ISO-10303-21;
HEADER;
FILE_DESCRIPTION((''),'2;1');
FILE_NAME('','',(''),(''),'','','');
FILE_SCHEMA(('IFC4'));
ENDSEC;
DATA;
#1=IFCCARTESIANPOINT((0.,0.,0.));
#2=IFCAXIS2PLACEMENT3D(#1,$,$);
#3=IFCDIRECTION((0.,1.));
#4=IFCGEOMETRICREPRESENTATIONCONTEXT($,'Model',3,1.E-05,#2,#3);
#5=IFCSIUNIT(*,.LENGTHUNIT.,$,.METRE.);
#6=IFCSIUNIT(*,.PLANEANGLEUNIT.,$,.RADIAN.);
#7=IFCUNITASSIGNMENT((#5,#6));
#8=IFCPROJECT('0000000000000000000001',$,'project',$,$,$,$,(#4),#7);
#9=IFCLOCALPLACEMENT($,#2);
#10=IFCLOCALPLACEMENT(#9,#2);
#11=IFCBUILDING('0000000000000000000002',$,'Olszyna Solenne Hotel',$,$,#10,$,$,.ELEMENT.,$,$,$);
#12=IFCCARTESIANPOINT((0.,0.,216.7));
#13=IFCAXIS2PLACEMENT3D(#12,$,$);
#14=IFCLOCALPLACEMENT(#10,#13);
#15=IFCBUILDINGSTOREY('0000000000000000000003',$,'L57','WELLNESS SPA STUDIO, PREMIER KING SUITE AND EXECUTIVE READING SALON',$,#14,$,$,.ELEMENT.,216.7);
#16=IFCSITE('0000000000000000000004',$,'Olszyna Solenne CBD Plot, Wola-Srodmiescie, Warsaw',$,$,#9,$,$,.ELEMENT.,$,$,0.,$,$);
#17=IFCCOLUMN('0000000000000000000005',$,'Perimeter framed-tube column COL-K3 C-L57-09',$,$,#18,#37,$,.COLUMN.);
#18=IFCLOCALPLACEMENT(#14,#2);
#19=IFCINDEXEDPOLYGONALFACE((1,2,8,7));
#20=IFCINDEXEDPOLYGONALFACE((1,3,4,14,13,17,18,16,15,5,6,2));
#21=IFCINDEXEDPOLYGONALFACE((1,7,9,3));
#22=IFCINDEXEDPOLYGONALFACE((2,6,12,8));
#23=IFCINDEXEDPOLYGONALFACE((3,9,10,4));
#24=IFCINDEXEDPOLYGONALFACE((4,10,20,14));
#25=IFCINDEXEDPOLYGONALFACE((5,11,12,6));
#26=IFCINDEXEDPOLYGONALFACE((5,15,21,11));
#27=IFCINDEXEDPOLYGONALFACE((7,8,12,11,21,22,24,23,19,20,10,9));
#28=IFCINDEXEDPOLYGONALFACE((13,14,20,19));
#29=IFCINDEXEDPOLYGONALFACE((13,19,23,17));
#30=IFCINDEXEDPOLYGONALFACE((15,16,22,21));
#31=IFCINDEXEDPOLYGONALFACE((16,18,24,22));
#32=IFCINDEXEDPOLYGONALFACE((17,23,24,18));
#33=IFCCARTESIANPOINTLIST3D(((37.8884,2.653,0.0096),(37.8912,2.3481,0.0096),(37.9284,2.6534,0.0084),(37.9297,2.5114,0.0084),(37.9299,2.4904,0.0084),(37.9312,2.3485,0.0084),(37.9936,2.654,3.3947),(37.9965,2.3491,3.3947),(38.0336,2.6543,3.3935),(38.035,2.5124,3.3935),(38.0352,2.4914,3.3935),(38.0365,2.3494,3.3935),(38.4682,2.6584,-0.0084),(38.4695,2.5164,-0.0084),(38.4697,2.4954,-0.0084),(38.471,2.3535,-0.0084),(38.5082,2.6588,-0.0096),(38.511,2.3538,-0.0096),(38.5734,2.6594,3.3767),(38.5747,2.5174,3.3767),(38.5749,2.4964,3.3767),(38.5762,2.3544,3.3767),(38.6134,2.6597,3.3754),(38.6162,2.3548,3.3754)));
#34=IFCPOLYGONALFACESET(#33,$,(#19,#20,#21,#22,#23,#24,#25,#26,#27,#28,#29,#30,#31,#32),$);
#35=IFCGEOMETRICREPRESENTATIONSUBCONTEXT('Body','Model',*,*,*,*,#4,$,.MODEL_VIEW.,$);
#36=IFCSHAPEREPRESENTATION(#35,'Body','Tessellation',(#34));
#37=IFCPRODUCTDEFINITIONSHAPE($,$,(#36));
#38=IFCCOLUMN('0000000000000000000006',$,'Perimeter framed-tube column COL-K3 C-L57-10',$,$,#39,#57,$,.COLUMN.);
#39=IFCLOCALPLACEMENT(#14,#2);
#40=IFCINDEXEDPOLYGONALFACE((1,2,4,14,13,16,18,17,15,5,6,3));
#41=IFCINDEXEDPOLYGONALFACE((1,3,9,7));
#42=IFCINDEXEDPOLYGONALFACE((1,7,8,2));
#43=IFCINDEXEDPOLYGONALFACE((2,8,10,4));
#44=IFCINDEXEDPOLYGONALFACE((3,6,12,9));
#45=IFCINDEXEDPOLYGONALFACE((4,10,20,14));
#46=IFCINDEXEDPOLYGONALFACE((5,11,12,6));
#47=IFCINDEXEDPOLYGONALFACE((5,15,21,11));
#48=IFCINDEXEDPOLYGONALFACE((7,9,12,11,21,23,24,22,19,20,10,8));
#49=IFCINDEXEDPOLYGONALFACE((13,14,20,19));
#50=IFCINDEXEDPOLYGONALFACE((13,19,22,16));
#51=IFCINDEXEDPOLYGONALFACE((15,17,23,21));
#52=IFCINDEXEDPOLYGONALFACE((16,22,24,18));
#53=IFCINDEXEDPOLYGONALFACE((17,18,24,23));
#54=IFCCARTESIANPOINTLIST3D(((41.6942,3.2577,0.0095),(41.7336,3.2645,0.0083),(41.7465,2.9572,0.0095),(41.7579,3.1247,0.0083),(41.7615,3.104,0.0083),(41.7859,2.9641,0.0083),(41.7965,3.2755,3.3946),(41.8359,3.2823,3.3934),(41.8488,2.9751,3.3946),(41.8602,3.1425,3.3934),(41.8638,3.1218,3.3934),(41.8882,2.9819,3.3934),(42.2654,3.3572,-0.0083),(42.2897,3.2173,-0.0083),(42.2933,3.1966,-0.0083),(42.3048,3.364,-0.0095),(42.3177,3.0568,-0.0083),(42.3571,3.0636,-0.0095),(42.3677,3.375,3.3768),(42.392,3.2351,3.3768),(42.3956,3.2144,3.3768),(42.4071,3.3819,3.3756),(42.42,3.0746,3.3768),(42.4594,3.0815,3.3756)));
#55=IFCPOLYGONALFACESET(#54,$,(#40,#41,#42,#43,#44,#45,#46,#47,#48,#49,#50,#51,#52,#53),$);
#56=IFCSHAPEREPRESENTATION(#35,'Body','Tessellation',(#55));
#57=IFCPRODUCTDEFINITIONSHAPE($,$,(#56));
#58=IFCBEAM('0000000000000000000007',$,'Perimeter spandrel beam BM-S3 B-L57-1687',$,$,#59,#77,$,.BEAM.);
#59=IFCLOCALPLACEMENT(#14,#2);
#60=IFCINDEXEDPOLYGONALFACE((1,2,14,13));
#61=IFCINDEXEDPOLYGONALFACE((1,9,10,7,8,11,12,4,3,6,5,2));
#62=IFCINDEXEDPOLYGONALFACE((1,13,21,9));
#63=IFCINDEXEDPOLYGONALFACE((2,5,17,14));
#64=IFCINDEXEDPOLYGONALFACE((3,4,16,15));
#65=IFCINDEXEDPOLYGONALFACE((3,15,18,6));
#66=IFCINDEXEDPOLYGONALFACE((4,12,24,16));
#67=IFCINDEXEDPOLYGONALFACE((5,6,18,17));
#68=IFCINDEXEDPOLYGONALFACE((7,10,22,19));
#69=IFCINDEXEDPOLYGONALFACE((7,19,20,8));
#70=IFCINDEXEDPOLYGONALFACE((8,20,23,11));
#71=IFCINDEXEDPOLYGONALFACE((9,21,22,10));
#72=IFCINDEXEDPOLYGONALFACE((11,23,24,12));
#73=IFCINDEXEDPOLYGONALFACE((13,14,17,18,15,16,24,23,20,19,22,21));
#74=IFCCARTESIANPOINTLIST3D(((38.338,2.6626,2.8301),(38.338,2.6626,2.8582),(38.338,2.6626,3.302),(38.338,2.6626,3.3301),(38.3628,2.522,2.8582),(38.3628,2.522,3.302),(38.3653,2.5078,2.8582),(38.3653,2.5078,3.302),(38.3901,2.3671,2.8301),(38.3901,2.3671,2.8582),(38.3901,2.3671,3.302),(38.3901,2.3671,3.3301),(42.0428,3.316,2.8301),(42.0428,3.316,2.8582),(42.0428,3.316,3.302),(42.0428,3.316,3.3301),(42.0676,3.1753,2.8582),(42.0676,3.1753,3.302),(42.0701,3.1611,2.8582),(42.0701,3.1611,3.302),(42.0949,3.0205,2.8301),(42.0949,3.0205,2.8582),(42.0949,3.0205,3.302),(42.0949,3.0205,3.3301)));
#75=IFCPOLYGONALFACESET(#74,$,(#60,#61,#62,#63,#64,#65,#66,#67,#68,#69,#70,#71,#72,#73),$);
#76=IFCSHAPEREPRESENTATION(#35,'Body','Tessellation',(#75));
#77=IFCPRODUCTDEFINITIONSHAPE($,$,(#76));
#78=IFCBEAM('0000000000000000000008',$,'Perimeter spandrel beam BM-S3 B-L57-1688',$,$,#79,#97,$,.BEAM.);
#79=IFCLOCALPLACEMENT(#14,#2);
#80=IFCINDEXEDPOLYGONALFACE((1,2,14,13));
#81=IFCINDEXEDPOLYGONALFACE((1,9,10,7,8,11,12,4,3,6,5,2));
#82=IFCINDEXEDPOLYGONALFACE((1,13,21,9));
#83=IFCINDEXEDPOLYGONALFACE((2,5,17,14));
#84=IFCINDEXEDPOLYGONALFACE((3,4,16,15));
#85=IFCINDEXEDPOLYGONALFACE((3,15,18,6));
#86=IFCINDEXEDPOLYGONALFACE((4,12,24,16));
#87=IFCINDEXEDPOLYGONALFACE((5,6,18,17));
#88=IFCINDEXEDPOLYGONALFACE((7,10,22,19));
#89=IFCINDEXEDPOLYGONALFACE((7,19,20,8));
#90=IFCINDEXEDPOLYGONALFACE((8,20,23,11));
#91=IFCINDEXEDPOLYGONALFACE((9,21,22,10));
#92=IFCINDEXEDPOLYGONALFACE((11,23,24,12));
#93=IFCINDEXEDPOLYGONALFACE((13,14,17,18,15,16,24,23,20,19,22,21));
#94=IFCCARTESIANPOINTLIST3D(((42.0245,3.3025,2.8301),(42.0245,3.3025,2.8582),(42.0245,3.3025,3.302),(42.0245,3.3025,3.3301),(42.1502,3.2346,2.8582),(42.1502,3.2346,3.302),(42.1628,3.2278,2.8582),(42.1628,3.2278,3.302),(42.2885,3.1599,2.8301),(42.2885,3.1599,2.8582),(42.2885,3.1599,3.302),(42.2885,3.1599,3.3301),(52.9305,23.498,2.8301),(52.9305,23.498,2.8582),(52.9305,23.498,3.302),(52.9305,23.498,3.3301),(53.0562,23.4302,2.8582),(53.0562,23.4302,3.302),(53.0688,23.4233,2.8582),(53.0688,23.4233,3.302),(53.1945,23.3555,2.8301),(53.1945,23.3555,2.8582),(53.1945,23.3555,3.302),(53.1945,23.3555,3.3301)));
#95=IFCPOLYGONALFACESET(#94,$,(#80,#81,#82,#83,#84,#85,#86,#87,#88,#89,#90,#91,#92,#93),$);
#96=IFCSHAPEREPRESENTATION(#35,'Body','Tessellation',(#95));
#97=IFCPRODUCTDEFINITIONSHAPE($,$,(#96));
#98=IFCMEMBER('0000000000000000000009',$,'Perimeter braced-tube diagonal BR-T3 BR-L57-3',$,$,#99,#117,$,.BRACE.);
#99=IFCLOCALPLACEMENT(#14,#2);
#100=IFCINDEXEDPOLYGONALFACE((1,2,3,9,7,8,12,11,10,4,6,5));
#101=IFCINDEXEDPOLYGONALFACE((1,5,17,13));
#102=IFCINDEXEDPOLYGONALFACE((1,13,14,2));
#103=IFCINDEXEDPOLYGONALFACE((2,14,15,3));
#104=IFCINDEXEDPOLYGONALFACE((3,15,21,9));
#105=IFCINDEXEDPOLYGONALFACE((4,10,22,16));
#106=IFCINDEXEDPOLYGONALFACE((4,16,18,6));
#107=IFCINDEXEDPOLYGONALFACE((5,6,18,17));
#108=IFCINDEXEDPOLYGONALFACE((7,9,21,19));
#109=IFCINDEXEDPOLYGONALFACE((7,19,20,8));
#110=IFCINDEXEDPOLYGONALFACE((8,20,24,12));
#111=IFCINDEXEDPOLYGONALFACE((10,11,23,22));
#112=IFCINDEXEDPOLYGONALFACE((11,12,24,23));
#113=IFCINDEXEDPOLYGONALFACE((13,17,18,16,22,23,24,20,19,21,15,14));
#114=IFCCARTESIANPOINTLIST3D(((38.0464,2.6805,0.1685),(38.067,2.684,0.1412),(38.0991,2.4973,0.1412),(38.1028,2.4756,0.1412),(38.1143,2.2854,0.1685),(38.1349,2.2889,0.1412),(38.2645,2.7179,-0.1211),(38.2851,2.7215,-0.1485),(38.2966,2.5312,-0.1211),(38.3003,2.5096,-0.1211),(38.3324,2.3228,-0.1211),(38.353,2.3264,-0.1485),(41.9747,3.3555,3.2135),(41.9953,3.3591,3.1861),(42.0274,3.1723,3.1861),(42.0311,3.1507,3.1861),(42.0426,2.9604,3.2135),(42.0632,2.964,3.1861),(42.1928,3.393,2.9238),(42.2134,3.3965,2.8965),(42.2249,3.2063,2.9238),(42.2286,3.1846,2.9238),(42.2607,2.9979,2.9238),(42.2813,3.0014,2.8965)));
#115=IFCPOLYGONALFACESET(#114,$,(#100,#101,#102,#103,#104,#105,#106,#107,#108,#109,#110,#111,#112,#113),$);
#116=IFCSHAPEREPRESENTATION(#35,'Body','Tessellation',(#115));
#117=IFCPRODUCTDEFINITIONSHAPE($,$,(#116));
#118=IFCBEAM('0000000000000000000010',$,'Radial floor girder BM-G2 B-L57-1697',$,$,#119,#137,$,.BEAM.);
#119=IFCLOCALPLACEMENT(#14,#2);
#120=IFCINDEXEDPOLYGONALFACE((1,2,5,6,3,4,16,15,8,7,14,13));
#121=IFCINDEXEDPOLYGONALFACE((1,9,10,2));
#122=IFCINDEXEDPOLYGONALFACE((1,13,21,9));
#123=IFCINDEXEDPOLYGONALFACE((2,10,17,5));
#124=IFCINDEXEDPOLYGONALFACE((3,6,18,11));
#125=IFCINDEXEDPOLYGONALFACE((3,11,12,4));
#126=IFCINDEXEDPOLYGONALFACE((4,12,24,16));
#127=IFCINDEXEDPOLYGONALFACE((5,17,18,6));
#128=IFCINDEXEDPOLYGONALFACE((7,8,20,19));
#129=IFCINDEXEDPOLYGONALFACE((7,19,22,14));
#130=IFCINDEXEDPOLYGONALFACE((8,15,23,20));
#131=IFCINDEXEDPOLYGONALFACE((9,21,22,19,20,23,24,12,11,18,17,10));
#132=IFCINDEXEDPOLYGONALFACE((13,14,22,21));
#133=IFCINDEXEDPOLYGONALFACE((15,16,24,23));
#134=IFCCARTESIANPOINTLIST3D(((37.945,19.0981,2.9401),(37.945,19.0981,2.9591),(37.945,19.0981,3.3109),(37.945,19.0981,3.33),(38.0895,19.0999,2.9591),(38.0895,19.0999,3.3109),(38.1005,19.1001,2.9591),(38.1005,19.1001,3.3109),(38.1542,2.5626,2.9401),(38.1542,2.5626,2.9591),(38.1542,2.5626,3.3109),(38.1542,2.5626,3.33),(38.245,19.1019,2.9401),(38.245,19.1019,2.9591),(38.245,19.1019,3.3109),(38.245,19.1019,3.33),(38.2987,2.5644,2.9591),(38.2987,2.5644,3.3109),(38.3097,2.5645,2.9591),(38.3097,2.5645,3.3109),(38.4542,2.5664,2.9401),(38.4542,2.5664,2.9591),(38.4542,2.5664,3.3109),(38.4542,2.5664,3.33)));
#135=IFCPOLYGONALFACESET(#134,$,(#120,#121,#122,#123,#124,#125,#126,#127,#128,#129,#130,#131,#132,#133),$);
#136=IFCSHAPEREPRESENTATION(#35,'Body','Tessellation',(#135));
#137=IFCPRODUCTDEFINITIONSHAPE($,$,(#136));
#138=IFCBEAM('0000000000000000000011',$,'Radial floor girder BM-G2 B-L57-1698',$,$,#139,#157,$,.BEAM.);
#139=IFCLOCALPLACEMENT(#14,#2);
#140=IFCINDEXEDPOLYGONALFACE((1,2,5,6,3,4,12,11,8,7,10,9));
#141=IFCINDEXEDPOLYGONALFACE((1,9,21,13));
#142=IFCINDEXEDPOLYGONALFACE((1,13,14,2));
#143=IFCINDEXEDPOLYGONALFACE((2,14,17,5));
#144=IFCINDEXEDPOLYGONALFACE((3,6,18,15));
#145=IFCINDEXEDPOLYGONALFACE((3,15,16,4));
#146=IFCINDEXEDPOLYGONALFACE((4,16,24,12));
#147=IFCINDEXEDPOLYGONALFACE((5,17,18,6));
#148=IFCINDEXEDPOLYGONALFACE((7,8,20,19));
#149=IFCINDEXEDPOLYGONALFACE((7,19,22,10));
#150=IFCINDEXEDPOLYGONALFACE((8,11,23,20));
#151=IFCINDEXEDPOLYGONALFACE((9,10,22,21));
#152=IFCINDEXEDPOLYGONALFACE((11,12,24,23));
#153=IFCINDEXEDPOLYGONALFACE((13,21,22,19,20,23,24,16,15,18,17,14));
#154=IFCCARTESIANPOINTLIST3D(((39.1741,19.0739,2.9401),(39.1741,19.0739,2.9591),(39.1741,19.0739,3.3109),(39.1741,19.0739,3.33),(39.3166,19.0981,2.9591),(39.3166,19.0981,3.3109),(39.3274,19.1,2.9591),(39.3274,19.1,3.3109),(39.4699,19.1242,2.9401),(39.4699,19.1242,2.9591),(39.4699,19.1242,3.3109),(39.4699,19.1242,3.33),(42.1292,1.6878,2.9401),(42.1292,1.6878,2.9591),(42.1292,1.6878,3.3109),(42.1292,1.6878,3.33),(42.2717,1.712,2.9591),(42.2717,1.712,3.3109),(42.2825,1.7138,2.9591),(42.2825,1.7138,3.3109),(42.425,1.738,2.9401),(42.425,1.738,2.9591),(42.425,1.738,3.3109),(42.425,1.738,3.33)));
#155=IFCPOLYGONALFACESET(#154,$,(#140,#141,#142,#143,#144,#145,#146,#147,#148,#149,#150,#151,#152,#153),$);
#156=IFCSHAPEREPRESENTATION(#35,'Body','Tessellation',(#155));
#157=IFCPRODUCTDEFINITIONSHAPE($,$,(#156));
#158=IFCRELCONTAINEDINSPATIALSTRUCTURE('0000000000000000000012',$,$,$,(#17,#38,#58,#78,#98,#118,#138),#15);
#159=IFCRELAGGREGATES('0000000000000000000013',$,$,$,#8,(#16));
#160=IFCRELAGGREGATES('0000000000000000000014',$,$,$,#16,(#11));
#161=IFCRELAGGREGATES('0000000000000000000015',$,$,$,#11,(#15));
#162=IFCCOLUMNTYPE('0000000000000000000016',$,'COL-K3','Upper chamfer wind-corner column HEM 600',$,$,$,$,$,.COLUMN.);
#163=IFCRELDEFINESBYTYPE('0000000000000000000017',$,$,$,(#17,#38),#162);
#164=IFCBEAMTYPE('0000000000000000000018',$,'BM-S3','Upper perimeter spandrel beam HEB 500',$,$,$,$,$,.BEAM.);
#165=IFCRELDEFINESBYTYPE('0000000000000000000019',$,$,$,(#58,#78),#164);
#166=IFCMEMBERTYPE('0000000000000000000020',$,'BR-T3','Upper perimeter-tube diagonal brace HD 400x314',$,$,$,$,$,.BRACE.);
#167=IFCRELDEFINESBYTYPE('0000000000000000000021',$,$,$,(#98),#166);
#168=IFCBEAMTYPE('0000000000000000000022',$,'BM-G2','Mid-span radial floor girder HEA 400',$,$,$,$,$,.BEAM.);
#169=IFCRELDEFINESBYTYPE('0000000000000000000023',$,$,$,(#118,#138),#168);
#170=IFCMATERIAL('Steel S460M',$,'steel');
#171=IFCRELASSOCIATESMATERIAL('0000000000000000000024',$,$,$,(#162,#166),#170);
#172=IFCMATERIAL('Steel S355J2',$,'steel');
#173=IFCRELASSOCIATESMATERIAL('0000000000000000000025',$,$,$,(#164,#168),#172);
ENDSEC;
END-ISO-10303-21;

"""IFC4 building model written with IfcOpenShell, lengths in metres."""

from ifc_helpers import new_model, si_unit, direction, frame, origin, origin_2d, place, context, subcontext, project, spatial, i_section, extrude, source, transform, mapped, material, material_profile, profile_set, type_object, element, save


model = new_model("IFC4")

# Units and contexts
model_context = context("Model", 3, precision=1e-05, world=origin(), true_north=direction((0.0, 1.0)))
body_context = subcontext(model_context, "Body", "Model", "MODEL_VIEW")
ifc_project = project(units=[si_unit("LENGTHUNIT", "METRE"), si_unit("PLANEANGLEUNIT", "RADIAN")], contexts=[model_context])

# Site, building, storey
site_placement = place(None, origin())
site = spatial("IfcSite", under=ifc_project, at=site_placement, Name="Olszyna Solenne CBD Plot, Wola-Srodmiescie, Warsaw", CompositionType="ELEMENT", RefElevation=0.0)
building_placement = place(site_placement, origin())
building = spatial("IfcBuilding", under=site, at=building_placement, Name="Olszyna Solenne Hotel", CompositionType="ELEMENT")
storey_placement = place(building_placement, frame((0.0, 0.0, 216.7)))
storey = spatial("IfcBuildingStorey", under=building, at=storey_placement, Name="L57", Description="WELLNESS SPA STUDIO, PREMIER KING SUITE AND EXECUTIVE READING SALON", CompositionType="ELEMENT", Elevation=216.7)

# Columns
ifc_material_1 = material(Name="Steel S460M", Category="steel")
ifc_material_profile_1 = material_profile(ifc_material_1, i_section(OverallWidth=0.3049, OverallDepth=0.6201, WebThickness=0.021, FlangeThickness=0.04, at=origin_2d()), Name="HEM 600", Category="load-bearing")
ifc_profile_set_1 = profile_set([ifc_material_profile_1], Name="Steel S460M")
column_type = type_object("IfcColumnType", Name="COL-K3", Description="Upper chamfer wind-corner column HEM 600", PredefinedType="COLUMN", material=ifc_profile_set_1)
shared_shape_1 = source(origin(), body_context, "Body", "SweptSolid", [
    extrude(i_section(OverallWidth=0.3049, OverallDepth=0.6201, WebThickness=0.021, FlangeThickness=0.04, at=origin_2d()), origin(), (0.0, 0.0, 1.0), 3.3867),
])
for number, where, z_axis, x_axis, name in (
    (1, (38.1997, 2.5034, 0.0), (0.03107, 0.000288, 0.999517), (-0.00928, 0.999957, 0.0), "Perimeter framed-tube column COL-K3 C-L57-09"),
    (2, (42.0256, 3.1606, 0.0), (0.030206, 0.005263, 0.99953), (-0.171639, 0.98516, 0.0), "Perimeter framed-tube column COL-K3 C-L57-10"),
):
    element("IfcColumn", number, at=place(storey_placement, frame(where, z_axis=z_axis, x_axis=x_axis)), inside=storey, type_object=column_type, Name=name, PredefinedType="COLUMN", context=body_context, shape_type="MappedRepresentation", body=[
        mapped(shared_shape_1, transform((0.0, 0.0, 0.0), x_axis=(1.0, 0.0, 0.0), y_axis=(0.0, 1.0, 0.0), z_axis=(0.0, 0.0, 1.0), scale=1.0)),
    ])

# Beams
ifc_material_2 = material(Name="Steel S355J2", Category="steel")
ifc_material_profile_2 = material_profile(ifc_material_2, i_section(OverallWidth=0.3, OverallDepth=0.5, WebThickness=0.0144, FlangeThickness=0.0281, at=origin_2d()), Name="HEB 500", Category="load-bearing")
ifc_profile_set_2 = profile_set([ifc_material_profile_2], Name="Steel S355J2")
beam_type_1 = type_object("IfcBeamType", Name="BM-S3", Description="Upper perimeter spandrel beam HEB 500", PredefinedType="BEAM", material=ifc_profile_set_2)
shared_shape_2 = source(origin(), body_context, "Body", "SweptSolid", [
    extrude(i_section(OverallWidth=0.3, OverallDepth=0.5, WebThickness=0.0144, FlangeThickness=0.0281, at=origin_2d()), origin(), (0.0, 0.0, 1.0), 3.762),
])
beam_1_placement = place(storey_placement, frame((38.364, 2.5149, 3.0801), z_axis=(0.984805, 0.173663, 0.0), x_axis=(-0.173663, 0.984805, 0.0)))
element("IfcBeam", 3, at=beam_1_placement, inside=storey, type_object=beam_type_1, Name="Perimeter spandrel beam BM-S3 B-L57-1687", PredefinedType="BEAM", context=body_context, shape_type="MappedRepresentation", body=[
    mapped(shared_shape_2, transform((0.0, 0.0, 0.0), x_axis=(1.0, 0.0, 0.0), y_axis=(0.0, 1.0, 0.0), z_axis=(0.0, 0.0, 1.0), scale=1.0)),
])
shared_shape_3 = source(origin(), body_context, "Body", "SweptSolid", [
    extrude(i_section(OverallWidth=0.3, OverallDepth=0.5, WebThickness=0.0144, FlangeThickness=0.0281, at=origin_2d()), origin(), (0.0, 0.0, 1.0), 22.9521),
])
beam_2_placement = place(storey_placement, frame((42.1565, 3.2312, 3.0801), z_axis=(0.475163, 0.879898, 0.0), x_axis=(-0.879898, 0.475163, 0.0)))
element("IfcBeam", 4, at=beam_2_placement, inside=storey, type_object=beam_type_1, Name="Perimeter spandrel beam BM-S3 B-L57-1688", PredefinedType="BEAM", context=body_context, shape_type="MappedRepresentation", body=[
    mapped(shared_shape_3, transform((0.0, 0.0, 0.0), x_axis=(1.0, 0.0, 0.0), y_axis=(0.0, 1.0, 0.0), z_axis=(0.0, 0.0, 1.0), scale=1.0)),
])

# Member
ifc_material_profile_3 = material_profile(ifc_material_1, i_section(OverallWidth=0.4009, OverallDepth=0.3989, WebThickness=0.022, FlangeThickness=0.0344, at=origin_2d()), Name="HD 400x314", Category="load-bearing")
ifc_profile_set_3 = profile_set([ifc_material_profile_3], Name="Steel S460M")
member_type_1 = type_object("IfcMemberType", Name="BR-T3", Description="Upper perimeter-tube diagonal brace HD 400x314", PredefinedType="BRACE", material=ifc_profile_set_3)
shared_shape_4 = source(origin(), body_context, "Body", "SweptSolid", [
    extrude(i_section(OverallWidth=0.4009, OverallDepth=0.3989, WebThickness=0.022, FlangeThickness=0.0344, at=origin_2d()), origin(), (0.0, 0.0, 1.0), 5.0159),
])
member_1_placement = place(storey_placement, frame((38.1997, 2.5034, 0.01), z_axis=(0.783171, 0.134585, 0.607067), x_axis=(-0.169363, 0.985554, 0.0)))
element("IfcMember", 5, at=member_1_placement, inside=storey, type_object=member_type_1, Name="Perimeter braced-tube diagonal BR-T3 BR-L57-3", PredefinedType="BRACE", context=body_context, shape_type="MappedRepresentation", body=[
    mapped(shared_shape_4, transform((0.0, 0.0, 0.0), x_axis=(1.0, 0.0, 0.0), y_axis=(0.0, 1.0, 0.0), z_axis=(0.0, 0.0, 1.0), scale=1.0)),
])

# Beams
ifc_material_profile_4 = material_profile(ifc_material_2, i_section(OverallWidth=0.3, OverallDepth=0.3899, WebThickness=0.011, FlangeThickness=0.019, at=origin_2d()), Name="HEA 400", Category="load-bearing")
ifc_profile_set_4 = profile_set([ifc_material_profile_4], Name="Steel S355J2")
beam_type_2 = type_object("IfcBeamType", Name="BM-G2", Description="Mid-span radial floor girder HEA 400", PredefinedType="BEAM", material=ifc_profile_set_4)
shared_shape_5 = source(origin(), body_context, "Body", "SweptSolid", [
    extrude(i_section(OverallWidth=0.3, OverallDepth=0.3899, WebThickness=0.011, FlangeThickness=0.019, at=origin_2d()), origin(), (0.0, 0.0, 1.0), 16.5369),
])
beam_3_placement = place(storey_placement, frame((38.3042, 2.5645, 3.135), z_axis=(-0.012652, 0.99992, 0.0), x_axis=(-0.99992, -0.012652, 0.0)))
element("IfcBeam", 6, at=beam_3_placement, inside=storey, type_object=beam_type_2, Name="Radial floor girder BM-G2 B-L57-1697", PredefinedType="BEAM", context=body_context, shape_type="MappedRepresentation", body=[
    mapped(shared_shape_5, transform((0.0, 0.0, 0.0), x_axis=(1.0, 0.0, 0.0), y_axis=(0.0, 1.0, 0.0), z_axis=(0.0, 0.0, 1.0), scale=1.0)),
])
shared_shape_6 = source(origin(), body_context, "Body", "SweptSolid", [
    extrude(i_section(OverallWidth=0.3, OverallDepth=0.3899, WebThickness=0.011, FlangeThickness=0.019, at=origin_2d()), origin(), (0.0, 0.0, 1.0), 17.6355),
])
beam_4_placement = place(storey_placement, frame((42.2771, 1.7129, 3.135), z_axis=(-0.167563, 0.985861, 0.0), x_axis=(-0.985861, -0.167563, 0.0)))
element("IfcBeam", 7, at=beam_4_placement, inside=storey, type_object=beam_type_2, Name="Radial floor girder BM-G2 B-L57-1698", PredefinedType="BEAM", context=body_context, shape_type="MappedRepresentation", body=[
    mapped(shared_shape_6, transform((0.0, 0.0, 0.0), x_axis=(1.0, 0.0, 0.0), y_axis=(0.0, 1.0, 0.0), z_axis=(0.0, 0.0, 1.0), scale=1.0)),
])

save(model, "model.ifc")
